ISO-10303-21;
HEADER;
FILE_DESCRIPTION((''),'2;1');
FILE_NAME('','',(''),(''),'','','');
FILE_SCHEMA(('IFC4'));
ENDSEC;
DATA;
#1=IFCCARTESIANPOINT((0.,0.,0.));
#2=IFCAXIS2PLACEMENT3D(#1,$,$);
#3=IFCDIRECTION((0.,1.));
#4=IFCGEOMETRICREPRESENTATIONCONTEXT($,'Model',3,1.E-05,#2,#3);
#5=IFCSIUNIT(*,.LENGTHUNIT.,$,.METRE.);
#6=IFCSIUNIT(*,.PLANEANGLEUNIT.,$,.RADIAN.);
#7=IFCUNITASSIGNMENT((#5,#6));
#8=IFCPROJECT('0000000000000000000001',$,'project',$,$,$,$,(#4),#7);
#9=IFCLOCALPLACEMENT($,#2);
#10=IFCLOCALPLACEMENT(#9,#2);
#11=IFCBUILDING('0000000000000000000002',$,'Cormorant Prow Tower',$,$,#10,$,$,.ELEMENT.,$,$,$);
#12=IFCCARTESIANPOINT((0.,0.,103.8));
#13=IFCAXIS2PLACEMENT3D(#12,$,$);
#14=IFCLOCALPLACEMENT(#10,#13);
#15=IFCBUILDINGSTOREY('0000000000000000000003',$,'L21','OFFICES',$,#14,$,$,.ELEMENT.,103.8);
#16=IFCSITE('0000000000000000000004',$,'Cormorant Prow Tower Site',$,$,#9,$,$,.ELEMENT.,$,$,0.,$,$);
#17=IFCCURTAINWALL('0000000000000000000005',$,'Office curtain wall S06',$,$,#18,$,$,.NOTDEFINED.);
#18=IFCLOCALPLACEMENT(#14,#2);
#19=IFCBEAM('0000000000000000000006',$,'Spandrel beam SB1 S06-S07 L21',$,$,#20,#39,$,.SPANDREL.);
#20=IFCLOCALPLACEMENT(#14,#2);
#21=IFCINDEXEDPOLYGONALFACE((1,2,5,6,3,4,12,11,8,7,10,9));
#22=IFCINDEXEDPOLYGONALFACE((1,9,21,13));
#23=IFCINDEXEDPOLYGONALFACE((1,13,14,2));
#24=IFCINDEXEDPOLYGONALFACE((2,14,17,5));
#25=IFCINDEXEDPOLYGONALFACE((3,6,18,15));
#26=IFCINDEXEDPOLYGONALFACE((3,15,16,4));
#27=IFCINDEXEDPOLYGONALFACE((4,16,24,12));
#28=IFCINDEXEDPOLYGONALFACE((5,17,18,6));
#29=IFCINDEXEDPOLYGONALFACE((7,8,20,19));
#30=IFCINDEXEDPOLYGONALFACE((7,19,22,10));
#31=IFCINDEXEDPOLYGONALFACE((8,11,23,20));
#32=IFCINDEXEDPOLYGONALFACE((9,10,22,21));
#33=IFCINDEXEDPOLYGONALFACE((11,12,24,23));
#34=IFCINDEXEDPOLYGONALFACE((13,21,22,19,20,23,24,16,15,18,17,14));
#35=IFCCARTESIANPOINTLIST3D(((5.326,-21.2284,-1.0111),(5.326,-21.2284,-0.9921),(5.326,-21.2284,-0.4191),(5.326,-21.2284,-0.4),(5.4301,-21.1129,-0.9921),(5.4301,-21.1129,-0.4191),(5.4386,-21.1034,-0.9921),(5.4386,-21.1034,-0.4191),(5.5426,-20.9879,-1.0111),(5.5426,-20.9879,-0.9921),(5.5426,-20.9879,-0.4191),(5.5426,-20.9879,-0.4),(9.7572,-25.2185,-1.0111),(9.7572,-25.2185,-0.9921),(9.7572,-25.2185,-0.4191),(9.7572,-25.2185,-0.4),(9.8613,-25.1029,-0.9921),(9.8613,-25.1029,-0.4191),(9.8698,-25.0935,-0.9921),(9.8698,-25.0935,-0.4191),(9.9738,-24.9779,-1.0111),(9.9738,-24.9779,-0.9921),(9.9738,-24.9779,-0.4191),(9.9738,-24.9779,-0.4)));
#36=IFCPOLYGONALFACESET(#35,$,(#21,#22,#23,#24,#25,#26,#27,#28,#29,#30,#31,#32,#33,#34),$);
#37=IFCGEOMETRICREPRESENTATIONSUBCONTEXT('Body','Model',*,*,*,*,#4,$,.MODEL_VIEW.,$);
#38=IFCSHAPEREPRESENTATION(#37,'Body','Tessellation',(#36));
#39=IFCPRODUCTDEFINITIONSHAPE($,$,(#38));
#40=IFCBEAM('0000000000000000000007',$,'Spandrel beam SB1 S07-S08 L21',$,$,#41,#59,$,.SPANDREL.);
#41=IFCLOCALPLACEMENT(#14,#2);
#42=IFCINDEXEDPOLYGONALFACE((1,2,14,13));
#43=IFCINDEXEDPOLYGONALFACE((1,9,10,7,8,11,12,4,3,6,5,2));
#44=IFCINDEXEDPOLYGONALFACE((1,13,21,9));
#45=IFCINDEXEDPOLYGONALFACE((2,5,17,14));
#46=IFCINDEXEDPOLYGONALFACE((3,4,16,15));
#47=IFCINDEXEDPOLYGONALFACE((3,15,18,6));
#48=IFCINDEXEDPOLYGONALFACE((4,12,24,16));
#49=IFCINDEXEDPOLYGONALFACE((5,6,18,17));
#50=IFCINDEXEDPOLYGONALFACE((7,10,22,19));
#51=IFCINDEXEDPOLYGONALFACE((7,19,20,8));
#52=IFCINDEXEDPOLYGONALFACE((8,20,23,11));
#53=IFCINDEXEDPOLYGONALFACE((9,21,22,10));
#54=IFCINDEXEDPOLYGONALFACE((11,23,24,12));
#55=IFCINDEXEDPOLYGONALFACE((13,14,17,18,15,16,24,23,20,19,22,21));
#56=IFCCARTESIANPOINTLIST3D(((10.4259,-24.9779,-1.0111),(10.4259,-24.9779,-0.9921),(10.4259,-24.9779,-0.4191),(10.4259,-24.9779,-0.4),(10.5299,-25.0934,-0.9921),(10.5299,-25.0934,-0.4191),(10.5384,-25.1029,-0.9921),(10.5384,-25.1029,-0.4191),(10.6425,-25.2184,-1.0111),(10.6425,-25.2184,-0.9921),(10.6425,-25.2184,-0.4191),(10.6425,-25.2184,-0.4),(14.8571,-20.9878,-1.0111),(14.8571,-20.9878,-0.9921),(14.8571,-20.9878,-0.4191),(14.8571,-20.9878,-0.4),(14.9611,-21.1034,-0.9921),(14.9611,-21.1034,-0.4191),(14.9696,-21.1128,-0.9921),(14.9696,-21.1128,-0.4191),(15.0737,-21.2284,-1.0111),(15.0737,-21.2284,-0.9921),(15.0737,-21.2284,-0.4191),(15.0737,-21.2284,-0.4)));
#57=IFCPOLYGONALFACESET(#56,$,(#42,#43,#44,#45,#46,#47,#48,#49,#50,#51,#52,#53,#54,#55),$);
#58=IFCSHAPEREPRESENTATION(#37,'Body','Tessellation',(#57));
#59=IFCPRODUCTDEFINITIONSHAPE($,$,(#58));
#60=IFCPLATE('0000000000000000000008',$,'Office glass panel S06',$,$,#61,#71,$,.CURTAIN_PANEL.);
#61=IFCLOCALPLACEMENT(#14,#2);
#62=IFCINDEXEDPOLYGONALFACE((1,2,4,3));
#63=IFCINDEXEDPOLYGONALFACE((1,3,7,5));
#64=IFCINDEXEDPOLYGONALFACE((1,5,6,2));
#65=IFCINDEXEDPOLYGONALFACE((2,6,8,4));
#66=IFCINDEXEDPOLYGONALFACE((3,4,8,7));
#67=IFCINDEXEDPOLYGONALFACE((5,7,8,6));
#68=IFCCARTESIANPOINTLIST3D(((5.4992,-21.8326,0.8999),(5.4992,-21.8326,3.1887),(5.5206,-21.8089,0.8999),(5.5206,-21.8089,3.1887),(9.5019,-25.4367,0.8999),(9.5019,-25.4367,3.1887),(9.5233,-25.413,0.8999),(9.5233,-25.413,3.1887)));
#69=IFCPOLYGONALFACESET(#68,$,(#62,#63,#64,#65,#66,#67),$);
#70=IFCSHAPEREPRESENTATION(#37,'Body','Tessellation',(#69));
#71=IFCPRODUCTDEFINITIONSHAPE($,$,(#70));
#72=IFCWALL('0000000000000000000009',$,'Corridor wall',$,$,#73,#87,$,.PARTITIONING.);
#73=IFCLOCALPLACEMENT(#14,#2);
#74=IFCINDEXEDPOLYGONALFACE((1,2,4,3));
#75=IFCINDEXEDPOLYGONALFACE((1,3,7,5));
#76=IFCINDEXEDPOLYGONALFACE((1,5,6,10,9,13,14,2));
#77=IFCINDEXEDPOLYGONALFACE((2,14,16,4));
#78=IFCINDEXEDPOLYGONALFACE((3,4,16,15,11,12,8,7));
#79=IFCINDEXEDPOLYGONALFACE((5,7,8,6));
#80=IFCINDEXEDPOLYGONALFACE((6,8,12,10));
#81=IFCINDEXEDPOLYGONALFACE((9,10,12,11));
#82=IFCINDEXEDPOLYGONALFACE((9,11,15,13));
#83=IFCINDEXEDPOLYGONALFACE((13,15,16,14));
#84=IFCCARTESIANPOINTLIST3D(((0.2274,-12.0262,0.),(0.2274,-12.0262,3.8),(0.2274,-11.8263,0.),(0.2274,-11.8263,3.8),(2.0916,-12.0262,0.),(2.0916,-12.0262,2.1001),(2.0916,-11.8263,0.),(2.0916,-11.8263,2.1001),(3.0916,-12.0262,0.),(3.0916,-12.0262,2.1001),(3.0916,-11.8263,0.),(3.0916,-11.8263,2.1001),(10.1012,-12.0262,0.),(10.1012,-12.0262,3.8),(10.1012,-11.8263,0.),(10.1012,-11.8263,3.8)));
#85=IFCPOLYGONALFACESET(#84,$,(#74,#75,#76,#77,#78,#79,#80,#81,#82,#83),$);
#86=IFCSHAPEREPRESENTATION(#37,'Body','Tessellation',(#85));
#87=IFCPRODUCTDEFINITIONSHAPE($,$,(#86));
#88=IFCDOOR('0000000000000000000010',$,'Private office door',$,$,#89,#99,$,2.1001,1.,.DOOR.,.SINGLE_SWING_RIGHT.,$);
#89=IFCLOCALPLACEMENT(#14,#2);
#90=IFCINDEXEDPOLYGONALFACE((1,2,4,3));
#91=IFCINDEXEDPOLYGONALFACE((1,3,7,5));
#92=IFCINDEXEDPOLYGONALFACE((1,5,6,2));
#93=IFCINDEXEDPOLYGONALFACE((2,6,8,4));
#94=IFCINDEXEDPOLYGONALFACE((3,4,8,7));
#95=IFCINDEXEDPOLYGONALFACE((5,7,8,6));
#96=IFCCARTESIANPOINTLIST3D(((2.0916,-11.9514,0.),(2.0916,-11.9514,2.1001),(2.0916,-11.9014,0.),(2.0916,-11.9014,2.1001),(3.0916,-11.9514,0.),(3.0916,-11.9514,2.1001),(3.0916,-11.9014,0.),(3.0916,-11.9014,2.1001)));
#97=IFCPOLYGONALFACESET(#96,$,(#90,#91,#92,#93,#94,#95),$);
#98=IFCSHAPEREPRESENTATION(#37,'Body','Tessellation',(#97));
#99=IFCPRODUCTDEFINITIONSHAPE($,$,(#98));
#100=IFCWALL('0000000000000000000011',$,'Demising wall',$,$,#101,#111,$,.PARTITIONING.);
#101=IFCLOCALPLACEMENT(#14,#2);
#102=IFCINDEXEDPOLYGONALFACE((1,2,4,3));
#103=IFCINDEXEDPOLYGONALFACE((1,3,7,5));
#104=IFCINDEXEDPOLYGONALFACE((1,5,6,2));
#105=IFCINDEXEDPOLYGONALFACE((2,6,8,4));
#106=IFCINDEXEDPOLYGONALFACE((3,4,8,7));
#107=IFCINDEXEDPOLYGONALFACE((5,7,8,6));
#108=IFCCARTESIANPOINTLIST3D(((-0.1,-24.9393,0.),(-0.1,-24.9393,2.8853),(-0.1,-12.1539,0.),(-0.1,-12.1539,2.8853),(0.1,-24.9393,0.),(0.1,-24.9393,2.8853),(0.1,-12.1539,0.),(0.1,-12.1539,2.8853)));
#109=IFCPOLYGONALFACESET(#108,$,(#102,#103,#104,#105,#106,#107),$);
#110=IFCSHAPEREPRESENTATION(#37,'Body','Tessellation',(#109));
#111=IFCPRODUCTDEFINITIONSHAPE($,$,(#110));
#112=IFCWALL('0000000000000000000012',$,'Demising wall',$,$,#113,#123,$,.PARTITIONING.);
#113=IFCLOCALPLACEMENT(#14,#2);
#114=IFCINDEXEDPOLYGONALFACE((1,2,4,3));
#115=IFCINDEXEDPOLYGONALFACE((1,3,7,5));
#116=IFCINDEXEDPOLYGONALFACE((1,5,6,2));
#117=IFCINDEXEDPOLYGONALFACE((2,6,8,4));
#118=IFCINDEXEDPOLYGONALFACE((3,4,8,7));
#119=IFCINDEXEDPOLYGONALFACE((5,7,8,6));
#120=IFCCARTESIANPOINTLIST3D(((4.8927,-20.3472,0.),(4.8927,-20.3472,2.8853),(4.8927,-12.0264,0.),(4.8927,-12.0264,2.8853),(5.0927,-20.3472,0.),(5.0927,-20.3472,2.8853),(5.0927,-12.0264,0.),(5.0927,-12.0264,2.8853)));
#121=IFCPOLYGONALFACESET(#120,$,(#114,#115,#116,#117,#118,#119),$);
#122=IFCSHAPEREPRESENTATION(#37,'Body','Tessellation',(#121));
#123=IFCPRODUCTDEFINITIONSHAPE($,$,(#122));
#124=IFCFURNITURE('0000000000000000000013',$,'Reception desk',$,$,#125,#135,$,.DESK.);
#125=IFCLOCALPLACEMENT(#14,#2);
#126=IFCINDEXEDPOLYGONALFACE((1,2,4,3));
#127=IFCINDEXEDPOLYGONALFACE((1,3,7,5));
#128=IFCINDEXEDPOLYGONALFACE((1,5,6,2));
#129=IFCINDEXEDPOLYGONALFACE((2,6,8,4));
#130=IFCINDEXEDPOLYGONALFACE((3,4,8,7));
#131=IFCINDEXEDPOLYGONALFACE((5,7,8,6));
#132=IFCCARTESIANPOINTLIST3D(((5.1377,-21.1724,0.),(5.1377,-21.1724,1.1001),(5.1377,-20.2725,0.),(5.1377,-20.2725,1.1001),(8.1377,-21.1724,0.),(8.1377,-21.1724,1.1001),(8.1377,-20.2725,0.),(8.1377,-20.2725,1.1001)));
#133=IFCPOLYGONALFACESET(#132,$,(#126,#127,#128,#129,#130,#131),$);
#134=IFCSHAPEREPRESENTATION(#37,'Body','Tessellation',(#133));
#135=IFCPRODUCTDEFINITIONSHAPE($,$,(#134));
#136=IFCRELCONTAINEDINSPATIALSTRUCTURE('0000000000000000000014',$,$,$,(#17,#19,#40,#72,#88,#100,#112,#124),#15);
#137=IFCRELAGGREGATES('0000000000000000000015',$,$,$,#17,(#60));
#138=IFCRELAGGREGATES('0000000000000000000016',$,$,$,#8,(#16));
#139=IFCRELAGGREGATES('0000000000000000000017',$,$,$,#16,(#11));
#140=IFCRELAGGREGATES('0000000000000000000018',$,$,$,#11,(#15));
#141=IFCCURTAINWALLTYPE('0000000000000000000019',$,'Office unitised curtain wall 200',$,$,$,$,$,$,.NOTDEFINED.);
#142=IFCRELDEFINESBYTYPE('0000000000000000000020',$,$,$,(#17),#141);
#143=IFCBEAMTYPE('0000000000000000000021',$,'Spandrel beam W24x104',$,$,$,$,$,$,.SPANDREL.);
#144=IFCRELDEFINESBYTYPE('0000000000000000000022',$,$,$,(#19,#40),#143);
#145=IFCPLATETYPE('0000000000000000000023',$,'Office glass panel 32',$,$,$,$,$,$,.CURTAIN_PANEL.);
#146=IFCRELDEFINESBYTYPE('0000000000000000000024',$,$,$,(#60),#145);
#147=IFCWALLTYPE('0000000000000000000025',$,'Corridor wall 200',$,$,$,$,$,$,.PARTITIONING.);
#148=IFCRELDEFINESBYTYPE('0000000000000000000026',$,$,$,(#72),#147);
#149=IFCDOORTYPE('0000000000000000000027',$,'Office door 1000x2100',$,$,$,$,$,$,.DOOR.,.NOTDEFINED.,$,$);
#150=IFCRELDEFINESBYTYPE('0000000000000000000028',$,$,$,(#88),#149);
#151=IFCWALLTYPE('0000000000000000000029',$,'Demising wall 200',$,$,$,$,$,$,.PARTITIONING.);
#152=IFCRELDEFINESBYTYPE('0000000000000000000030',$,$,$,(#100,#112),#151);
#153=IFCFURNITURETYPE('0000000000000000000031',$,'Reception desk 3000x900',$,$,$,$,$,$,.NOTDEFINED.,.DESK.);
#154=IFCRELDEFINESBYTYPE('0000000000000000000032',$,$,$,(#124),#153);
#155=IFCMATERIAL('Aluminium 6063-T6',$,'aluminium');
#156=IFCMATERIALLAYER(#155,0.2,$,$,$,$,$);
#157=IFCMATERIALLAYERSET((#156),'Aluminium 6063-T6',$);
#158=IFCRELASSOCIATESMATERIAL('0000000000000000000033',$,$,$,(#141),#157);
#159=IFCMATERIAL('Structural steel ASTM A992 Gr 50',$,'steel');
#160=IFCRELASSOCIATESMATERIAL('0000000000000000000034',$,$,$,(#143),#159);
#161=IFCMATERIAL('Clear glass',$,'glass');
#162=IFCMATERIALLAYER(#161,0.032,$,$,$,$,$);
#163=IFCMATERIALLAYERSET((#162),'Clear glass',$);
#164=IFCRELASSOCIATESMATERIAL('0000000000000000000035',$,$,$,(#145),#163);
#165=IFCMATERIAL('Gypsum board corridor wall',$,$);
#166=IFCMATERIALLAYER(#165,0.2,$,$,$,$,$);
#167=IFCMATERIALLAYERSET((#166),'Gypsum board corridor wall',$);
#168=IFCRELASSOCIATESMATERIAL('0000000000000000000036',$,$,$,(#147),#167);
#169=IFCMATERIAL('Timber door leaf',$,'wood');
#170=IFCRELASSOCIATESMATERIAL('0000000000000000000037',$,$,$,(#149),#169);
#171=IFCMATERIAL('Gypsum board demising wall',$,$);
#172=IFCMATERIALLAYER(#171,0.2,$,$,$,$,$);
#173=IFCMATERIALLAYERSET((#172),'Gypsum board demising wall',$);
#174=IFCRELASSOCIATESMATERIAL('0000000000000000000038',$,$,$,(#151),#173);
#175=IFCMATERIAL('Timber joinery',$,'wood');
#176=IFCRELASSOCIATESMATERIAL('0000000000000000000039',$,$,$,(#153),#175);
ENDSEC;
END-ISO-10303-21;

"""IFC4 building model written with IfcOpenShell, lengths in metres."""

from ifc_helpers import new_model, si_unit, direction, frame, frame_2d, origin, origin_2d, place, context, subcontext, project, spatial, rectangle, i_section, extrude, material, layer, layer_set, material_profile, profile_set, type_object, element, fill, aggregate, save


model = new_model("IFC4")

# Units and contexts
model_context = context("Model", 3, precision=1e-05, world=origin(), true_north=direction((0.0, 1.0)))
body_context = subcontext(model_context, "Body", "Model", "MODEL_VIEW")
ifc_project = project(units=[si_unit("LENGTHUNIT", "METRE"), si_unit("PLANEANGLEUNIT", "RADIAN")], contexts=[model_context])

# Site, building, storey
site_placement = place(None, origin())
site = spatial("IfcSite", under=ifc_project, at=site_placement, Name="Cormorant Prow Tower Site", CompositionType="ELEMENT", RefElevation=0.0)
building_placement = place(site_placement, origin())
building = spatial("IfcBuilding", under=site, at=building_placement, Name="Cormorant Prow Tower", CompositionType="ELEMENT")
storey_placement = place(building_placement, frame((0.0, 0.0, 103.8)))
storey = spatial("IfcBuildingStorey", under=building, at=storey_placement, Name="L21", Description="OFFICES", CompositionType="ELEMENT", Elevation=103.8)

# Curtain wall
ifc_material_1 = material(Name="Aluminium 6063-T6", Category="aluminium")
ifc_layer_1 = layer(ifc_material_1, 0.2)
ifc_layer_set_1 = layer_set([ifc_layer_1], Name="Aluminium 6063-T6")
curtain_wall_type = type_object("IfcCurtainWallType", Name="Office unitised curtain wall 200", PredefinedType="NOTDEFINED", material=ifc_layer_set_1)
curtain_wall_1_placement = place(storey_placement, origin())
curtain_wall_1 = element("IfcCurtainWall", 1, at=curtain_wall_1_placement, inside=storey, type_object=curtain_wall_type, Name="Office curtain wall S06", PredefinedType="NOTDEFINED")

# Beams
ifc_material_2 = material(Name="Structural steel ASTM A992 Gr 50", Category="steel")
ifc_material_profile_1 = material_profile(ifc_material_2, i_section(OverallWidth=0.3237, OverallDepth=0.6111, WebThickness=0.0127, FlangeThickness=0.019, at=origin_2d()), Name="W24x104")
ifc_profile_set_1 = profile_set([ifc_material_profile_1], Name="Structural steel ASTM A992 Gr 50")
beam_type_1 = type_object("IfcBeamType", Name="Spandrel beam W24x104", PredefinedType="SPANDREL", material=ifc_profile_set_1)
for number, where, z_axis, x_axis, name in (
    (2, (5.4343, -21.1082, -0.7056), (0.743131, -0.669146, 0.0), (0.669146, 0.743131, 0.0), "Spandrel beam SB1 S06-S07 L21"),
    (3, (10.5342, -25.0981, -0.7056), (0.743131, 0.669146, 0.0), (-0.669146, 0.743131, 0.0), "Spandrel beam SB1 S07-S08 L21"),
):
    element("IfcBeam", number, at=place(storey_placement, frame(where, z_axis=z_axis, x_axis=x_axis)), inside=storey, type_object=beam_type_1, Name=name, PredefinedType="SPANDREL", context=body_context, shape_type="SweptSolid", body=[
        extrude(i_section(OverallWidth=0.3237, OverallDepth=0.6111, WebThickness=0.0127, FlangeThickness=0.019, at=origin_2d()), origin(), (0.0, 0.0, 1.0), 5.9629),
    ])

# Plate
ifc_material_3 = material(Name="Clear glass", Category="glass")
ifc_layer_2 = layer(ifc_material_3, 0.032)
ifc_layer_set_2 = layer_set([ifc_layer_2], Name="Clear glass")
plate_type = type_object("IfcPlateType", Name="Office glass panel 32", PredefinedType="CURTAIN_PANEL", material=ifc_layer_set_2)
plate_placement = place(storey_placement, frame((7.5112, -23.6228, 0.8999), z_axis=(0.0, 0.0, 1.0), x_axis=(0.743145, -0.669131, 0.0)))
plate = element("IfcPlate", 4, at=plate_placement, type_object=plate_type, Name="Office glass panel S06", PredefinedType="CURTAIN_PANEL", context=body_context, shape_type="SweptSolid", body=[
    extrude(rectangle(XDim=5.3862, YDim=0.032, at=origin_2d()), origin(), (0.0, 0.0, 1.0), 2.2888),
])
aggregate(curtain_wall_1, [plate])

# Wall, opening, door
ifc_material_4 = material(Name="Gypsum board corridor wall")
ifc_layer_3 = layer(ifc_material_4, 0.2)
ifc_layer_set_3 = layer_set([ifc_layer_3], Name="Gypsum board corridor wall")
wall_type_1 = type_object("IfcWallType", Name="Corridor wall 200", PredefinedType="PARTITIONING", material=ifc_layer_set_3)
wall_1_placement = place(storey_placement, frame((0.2273, -11.9263, 0.0), z_axis=(0.0, 0.0, 1.0), x_axis=(1.0, 0.0, 0.0)))
wall_1 = element("IfcWall", 5, at=wall_1_placement, inside=storey, type_object=wall_type_1, Name="Corridor wall", PredefinedType="PARTITIONING", context=body_context, shape_type="SweptSolid", body=[
    extrude(rectangle(XDim=9.8738, YDim=0.2, at=frame_2d((4.937, 0.0))), origin(), (0.0, 0.0, 1.0), 3.8),
])
opening_1_placement = place(wall_1_placement, frame((1.8643, 0.0, 0.0)))
opening_1 = element("IfcOpeningElement", 6, at=opening_1_placement, cuts=wall_1, PredefinedType="OPENING", context=body_context, shape_type="SweptSolid", body=[
    extrude(rectangle(XDim=1.0, YDim=2.1001, at=frame_2d((0.5, 1.05))), frame((0.0, 0.1099, 0.0), z_axis=(0.0, -1.0, 0.0), x_axis=(1.0, 0.0, 0.0)), (0.0, 0.0, 1.0), 0.22),
])
ifc_material_5 = material(Name="Timber door leaf", Category="wood")
door_type_1 = type_object("IfcDoorType", Name="Office door 1000x2100", OperationType="NOTDEFINED", PredefinedType="DOOR", material=ifc_material_5)
door_1_placement = place(opening_1_placement, origin())
door_1 = element("IfcDoor", 7, at=door_1_placement, inside=storey, type_object=door_type_1, Name="Private office door", OperationType="SINGLE_SWING_RIGHT", OverallHeight=2.1001, OverallWidth=1.0, PredefinedType="DOOR", context=body_context, shape_type="SweptSolid", body=[
    extrude(rectangle(XDim=1.0, YDim=2.1001, at=frame_2d((0.5, 1.05))), frame((0.0, 0.0249, 0.0), z_axis=(0.0, -1.0, 0.0), x_axis=(1.0, 0.0, 0.0)), (0.0, 0.0, 1.0), 0.05),
])
fill(opening_1, door_1)

# Walls
ifc_material_6 = material(Name="Gypsum board demising wall")
ifc_layer_4 = layer(ifc_material_6, 0.2)
ifc_layer_set_4 = layer_set([ifc_layer_4], Name="Gypsum board demising wall")
wall_type_2 = type_object("IfcWallType", Name="Demising wall 200", PredefinedType="PARTITIONING", material=ifc_layer_set_4)
wall_2_placement = place(storey_placement, frame((0.0, -24.9392, 0.0), z_axis=(0.0, 0.0, 1.0), x_axis=(0.0, 1.0, 0.0)))
element("IfcWall", 8, at=wall_2_placement, inside=storey, type_object=wall_type_2, Name="Demising wall", PredefinedType="PARTITIONING", context=body_context, shape_type="SweptSolid", body=[
    extrude(rectangle(XDim=12.7854, YDim=0.2, at=frame_2d((6.3926, 0.0))), origin(), (0.0, 0.0, 1.0), 2.8853),
])
wall_3_placement = place(storey_placement, frame((4.9927, -20.3472, 0.0), z_axis=(0.0, 0.0, 1.0), x_axis=(0.0, 1.0, 0.0)))
element("IfcWall", 9, at=wall_3_placement, inside=storey, type_object=wall_type_2, Name="Demising wall", PredefinedType="PARTITIONING", context=body_context, shape_type="SweptSolid", body=[
    extrude(rectangle(XDim=8.3208, YDim=0.2, at=frame_2d((4.1604, 0.0))), origin(), (0.0, 0.0, 1.0), 2.8853),
])

# Furniture
ifc_material_7 = material(Name="Timber joinery", Category="wood")
furniture_type = type_object("IfcFurnitureType", Name="Reception desk 3000x900", AssemblyPlace="NOTDEFINED", PredefinedType="DESK", material=ifc_material_7)
furniture_placement = place(storey_placement, frame((6.6377, -20.7224, 0.0), z_axis=(0.0, 0.0, 1.0), x_axis=(1.0, 0.0, 0.0)))
element("IfcFurniture", 10, at=furniture_placement, inside=storey, type_object=furniture_type, Name="Reception desk", PredefinedType="DESK", context=body_context, shape_type="SweptSolid", body=[
    extrude(rectangle(XDim=3.0, YDim=0.8999, at=origin_2d()), origin(), (0.0, 0.0, 1.0), 1.1001),
])

save(model, "model.ifc")
